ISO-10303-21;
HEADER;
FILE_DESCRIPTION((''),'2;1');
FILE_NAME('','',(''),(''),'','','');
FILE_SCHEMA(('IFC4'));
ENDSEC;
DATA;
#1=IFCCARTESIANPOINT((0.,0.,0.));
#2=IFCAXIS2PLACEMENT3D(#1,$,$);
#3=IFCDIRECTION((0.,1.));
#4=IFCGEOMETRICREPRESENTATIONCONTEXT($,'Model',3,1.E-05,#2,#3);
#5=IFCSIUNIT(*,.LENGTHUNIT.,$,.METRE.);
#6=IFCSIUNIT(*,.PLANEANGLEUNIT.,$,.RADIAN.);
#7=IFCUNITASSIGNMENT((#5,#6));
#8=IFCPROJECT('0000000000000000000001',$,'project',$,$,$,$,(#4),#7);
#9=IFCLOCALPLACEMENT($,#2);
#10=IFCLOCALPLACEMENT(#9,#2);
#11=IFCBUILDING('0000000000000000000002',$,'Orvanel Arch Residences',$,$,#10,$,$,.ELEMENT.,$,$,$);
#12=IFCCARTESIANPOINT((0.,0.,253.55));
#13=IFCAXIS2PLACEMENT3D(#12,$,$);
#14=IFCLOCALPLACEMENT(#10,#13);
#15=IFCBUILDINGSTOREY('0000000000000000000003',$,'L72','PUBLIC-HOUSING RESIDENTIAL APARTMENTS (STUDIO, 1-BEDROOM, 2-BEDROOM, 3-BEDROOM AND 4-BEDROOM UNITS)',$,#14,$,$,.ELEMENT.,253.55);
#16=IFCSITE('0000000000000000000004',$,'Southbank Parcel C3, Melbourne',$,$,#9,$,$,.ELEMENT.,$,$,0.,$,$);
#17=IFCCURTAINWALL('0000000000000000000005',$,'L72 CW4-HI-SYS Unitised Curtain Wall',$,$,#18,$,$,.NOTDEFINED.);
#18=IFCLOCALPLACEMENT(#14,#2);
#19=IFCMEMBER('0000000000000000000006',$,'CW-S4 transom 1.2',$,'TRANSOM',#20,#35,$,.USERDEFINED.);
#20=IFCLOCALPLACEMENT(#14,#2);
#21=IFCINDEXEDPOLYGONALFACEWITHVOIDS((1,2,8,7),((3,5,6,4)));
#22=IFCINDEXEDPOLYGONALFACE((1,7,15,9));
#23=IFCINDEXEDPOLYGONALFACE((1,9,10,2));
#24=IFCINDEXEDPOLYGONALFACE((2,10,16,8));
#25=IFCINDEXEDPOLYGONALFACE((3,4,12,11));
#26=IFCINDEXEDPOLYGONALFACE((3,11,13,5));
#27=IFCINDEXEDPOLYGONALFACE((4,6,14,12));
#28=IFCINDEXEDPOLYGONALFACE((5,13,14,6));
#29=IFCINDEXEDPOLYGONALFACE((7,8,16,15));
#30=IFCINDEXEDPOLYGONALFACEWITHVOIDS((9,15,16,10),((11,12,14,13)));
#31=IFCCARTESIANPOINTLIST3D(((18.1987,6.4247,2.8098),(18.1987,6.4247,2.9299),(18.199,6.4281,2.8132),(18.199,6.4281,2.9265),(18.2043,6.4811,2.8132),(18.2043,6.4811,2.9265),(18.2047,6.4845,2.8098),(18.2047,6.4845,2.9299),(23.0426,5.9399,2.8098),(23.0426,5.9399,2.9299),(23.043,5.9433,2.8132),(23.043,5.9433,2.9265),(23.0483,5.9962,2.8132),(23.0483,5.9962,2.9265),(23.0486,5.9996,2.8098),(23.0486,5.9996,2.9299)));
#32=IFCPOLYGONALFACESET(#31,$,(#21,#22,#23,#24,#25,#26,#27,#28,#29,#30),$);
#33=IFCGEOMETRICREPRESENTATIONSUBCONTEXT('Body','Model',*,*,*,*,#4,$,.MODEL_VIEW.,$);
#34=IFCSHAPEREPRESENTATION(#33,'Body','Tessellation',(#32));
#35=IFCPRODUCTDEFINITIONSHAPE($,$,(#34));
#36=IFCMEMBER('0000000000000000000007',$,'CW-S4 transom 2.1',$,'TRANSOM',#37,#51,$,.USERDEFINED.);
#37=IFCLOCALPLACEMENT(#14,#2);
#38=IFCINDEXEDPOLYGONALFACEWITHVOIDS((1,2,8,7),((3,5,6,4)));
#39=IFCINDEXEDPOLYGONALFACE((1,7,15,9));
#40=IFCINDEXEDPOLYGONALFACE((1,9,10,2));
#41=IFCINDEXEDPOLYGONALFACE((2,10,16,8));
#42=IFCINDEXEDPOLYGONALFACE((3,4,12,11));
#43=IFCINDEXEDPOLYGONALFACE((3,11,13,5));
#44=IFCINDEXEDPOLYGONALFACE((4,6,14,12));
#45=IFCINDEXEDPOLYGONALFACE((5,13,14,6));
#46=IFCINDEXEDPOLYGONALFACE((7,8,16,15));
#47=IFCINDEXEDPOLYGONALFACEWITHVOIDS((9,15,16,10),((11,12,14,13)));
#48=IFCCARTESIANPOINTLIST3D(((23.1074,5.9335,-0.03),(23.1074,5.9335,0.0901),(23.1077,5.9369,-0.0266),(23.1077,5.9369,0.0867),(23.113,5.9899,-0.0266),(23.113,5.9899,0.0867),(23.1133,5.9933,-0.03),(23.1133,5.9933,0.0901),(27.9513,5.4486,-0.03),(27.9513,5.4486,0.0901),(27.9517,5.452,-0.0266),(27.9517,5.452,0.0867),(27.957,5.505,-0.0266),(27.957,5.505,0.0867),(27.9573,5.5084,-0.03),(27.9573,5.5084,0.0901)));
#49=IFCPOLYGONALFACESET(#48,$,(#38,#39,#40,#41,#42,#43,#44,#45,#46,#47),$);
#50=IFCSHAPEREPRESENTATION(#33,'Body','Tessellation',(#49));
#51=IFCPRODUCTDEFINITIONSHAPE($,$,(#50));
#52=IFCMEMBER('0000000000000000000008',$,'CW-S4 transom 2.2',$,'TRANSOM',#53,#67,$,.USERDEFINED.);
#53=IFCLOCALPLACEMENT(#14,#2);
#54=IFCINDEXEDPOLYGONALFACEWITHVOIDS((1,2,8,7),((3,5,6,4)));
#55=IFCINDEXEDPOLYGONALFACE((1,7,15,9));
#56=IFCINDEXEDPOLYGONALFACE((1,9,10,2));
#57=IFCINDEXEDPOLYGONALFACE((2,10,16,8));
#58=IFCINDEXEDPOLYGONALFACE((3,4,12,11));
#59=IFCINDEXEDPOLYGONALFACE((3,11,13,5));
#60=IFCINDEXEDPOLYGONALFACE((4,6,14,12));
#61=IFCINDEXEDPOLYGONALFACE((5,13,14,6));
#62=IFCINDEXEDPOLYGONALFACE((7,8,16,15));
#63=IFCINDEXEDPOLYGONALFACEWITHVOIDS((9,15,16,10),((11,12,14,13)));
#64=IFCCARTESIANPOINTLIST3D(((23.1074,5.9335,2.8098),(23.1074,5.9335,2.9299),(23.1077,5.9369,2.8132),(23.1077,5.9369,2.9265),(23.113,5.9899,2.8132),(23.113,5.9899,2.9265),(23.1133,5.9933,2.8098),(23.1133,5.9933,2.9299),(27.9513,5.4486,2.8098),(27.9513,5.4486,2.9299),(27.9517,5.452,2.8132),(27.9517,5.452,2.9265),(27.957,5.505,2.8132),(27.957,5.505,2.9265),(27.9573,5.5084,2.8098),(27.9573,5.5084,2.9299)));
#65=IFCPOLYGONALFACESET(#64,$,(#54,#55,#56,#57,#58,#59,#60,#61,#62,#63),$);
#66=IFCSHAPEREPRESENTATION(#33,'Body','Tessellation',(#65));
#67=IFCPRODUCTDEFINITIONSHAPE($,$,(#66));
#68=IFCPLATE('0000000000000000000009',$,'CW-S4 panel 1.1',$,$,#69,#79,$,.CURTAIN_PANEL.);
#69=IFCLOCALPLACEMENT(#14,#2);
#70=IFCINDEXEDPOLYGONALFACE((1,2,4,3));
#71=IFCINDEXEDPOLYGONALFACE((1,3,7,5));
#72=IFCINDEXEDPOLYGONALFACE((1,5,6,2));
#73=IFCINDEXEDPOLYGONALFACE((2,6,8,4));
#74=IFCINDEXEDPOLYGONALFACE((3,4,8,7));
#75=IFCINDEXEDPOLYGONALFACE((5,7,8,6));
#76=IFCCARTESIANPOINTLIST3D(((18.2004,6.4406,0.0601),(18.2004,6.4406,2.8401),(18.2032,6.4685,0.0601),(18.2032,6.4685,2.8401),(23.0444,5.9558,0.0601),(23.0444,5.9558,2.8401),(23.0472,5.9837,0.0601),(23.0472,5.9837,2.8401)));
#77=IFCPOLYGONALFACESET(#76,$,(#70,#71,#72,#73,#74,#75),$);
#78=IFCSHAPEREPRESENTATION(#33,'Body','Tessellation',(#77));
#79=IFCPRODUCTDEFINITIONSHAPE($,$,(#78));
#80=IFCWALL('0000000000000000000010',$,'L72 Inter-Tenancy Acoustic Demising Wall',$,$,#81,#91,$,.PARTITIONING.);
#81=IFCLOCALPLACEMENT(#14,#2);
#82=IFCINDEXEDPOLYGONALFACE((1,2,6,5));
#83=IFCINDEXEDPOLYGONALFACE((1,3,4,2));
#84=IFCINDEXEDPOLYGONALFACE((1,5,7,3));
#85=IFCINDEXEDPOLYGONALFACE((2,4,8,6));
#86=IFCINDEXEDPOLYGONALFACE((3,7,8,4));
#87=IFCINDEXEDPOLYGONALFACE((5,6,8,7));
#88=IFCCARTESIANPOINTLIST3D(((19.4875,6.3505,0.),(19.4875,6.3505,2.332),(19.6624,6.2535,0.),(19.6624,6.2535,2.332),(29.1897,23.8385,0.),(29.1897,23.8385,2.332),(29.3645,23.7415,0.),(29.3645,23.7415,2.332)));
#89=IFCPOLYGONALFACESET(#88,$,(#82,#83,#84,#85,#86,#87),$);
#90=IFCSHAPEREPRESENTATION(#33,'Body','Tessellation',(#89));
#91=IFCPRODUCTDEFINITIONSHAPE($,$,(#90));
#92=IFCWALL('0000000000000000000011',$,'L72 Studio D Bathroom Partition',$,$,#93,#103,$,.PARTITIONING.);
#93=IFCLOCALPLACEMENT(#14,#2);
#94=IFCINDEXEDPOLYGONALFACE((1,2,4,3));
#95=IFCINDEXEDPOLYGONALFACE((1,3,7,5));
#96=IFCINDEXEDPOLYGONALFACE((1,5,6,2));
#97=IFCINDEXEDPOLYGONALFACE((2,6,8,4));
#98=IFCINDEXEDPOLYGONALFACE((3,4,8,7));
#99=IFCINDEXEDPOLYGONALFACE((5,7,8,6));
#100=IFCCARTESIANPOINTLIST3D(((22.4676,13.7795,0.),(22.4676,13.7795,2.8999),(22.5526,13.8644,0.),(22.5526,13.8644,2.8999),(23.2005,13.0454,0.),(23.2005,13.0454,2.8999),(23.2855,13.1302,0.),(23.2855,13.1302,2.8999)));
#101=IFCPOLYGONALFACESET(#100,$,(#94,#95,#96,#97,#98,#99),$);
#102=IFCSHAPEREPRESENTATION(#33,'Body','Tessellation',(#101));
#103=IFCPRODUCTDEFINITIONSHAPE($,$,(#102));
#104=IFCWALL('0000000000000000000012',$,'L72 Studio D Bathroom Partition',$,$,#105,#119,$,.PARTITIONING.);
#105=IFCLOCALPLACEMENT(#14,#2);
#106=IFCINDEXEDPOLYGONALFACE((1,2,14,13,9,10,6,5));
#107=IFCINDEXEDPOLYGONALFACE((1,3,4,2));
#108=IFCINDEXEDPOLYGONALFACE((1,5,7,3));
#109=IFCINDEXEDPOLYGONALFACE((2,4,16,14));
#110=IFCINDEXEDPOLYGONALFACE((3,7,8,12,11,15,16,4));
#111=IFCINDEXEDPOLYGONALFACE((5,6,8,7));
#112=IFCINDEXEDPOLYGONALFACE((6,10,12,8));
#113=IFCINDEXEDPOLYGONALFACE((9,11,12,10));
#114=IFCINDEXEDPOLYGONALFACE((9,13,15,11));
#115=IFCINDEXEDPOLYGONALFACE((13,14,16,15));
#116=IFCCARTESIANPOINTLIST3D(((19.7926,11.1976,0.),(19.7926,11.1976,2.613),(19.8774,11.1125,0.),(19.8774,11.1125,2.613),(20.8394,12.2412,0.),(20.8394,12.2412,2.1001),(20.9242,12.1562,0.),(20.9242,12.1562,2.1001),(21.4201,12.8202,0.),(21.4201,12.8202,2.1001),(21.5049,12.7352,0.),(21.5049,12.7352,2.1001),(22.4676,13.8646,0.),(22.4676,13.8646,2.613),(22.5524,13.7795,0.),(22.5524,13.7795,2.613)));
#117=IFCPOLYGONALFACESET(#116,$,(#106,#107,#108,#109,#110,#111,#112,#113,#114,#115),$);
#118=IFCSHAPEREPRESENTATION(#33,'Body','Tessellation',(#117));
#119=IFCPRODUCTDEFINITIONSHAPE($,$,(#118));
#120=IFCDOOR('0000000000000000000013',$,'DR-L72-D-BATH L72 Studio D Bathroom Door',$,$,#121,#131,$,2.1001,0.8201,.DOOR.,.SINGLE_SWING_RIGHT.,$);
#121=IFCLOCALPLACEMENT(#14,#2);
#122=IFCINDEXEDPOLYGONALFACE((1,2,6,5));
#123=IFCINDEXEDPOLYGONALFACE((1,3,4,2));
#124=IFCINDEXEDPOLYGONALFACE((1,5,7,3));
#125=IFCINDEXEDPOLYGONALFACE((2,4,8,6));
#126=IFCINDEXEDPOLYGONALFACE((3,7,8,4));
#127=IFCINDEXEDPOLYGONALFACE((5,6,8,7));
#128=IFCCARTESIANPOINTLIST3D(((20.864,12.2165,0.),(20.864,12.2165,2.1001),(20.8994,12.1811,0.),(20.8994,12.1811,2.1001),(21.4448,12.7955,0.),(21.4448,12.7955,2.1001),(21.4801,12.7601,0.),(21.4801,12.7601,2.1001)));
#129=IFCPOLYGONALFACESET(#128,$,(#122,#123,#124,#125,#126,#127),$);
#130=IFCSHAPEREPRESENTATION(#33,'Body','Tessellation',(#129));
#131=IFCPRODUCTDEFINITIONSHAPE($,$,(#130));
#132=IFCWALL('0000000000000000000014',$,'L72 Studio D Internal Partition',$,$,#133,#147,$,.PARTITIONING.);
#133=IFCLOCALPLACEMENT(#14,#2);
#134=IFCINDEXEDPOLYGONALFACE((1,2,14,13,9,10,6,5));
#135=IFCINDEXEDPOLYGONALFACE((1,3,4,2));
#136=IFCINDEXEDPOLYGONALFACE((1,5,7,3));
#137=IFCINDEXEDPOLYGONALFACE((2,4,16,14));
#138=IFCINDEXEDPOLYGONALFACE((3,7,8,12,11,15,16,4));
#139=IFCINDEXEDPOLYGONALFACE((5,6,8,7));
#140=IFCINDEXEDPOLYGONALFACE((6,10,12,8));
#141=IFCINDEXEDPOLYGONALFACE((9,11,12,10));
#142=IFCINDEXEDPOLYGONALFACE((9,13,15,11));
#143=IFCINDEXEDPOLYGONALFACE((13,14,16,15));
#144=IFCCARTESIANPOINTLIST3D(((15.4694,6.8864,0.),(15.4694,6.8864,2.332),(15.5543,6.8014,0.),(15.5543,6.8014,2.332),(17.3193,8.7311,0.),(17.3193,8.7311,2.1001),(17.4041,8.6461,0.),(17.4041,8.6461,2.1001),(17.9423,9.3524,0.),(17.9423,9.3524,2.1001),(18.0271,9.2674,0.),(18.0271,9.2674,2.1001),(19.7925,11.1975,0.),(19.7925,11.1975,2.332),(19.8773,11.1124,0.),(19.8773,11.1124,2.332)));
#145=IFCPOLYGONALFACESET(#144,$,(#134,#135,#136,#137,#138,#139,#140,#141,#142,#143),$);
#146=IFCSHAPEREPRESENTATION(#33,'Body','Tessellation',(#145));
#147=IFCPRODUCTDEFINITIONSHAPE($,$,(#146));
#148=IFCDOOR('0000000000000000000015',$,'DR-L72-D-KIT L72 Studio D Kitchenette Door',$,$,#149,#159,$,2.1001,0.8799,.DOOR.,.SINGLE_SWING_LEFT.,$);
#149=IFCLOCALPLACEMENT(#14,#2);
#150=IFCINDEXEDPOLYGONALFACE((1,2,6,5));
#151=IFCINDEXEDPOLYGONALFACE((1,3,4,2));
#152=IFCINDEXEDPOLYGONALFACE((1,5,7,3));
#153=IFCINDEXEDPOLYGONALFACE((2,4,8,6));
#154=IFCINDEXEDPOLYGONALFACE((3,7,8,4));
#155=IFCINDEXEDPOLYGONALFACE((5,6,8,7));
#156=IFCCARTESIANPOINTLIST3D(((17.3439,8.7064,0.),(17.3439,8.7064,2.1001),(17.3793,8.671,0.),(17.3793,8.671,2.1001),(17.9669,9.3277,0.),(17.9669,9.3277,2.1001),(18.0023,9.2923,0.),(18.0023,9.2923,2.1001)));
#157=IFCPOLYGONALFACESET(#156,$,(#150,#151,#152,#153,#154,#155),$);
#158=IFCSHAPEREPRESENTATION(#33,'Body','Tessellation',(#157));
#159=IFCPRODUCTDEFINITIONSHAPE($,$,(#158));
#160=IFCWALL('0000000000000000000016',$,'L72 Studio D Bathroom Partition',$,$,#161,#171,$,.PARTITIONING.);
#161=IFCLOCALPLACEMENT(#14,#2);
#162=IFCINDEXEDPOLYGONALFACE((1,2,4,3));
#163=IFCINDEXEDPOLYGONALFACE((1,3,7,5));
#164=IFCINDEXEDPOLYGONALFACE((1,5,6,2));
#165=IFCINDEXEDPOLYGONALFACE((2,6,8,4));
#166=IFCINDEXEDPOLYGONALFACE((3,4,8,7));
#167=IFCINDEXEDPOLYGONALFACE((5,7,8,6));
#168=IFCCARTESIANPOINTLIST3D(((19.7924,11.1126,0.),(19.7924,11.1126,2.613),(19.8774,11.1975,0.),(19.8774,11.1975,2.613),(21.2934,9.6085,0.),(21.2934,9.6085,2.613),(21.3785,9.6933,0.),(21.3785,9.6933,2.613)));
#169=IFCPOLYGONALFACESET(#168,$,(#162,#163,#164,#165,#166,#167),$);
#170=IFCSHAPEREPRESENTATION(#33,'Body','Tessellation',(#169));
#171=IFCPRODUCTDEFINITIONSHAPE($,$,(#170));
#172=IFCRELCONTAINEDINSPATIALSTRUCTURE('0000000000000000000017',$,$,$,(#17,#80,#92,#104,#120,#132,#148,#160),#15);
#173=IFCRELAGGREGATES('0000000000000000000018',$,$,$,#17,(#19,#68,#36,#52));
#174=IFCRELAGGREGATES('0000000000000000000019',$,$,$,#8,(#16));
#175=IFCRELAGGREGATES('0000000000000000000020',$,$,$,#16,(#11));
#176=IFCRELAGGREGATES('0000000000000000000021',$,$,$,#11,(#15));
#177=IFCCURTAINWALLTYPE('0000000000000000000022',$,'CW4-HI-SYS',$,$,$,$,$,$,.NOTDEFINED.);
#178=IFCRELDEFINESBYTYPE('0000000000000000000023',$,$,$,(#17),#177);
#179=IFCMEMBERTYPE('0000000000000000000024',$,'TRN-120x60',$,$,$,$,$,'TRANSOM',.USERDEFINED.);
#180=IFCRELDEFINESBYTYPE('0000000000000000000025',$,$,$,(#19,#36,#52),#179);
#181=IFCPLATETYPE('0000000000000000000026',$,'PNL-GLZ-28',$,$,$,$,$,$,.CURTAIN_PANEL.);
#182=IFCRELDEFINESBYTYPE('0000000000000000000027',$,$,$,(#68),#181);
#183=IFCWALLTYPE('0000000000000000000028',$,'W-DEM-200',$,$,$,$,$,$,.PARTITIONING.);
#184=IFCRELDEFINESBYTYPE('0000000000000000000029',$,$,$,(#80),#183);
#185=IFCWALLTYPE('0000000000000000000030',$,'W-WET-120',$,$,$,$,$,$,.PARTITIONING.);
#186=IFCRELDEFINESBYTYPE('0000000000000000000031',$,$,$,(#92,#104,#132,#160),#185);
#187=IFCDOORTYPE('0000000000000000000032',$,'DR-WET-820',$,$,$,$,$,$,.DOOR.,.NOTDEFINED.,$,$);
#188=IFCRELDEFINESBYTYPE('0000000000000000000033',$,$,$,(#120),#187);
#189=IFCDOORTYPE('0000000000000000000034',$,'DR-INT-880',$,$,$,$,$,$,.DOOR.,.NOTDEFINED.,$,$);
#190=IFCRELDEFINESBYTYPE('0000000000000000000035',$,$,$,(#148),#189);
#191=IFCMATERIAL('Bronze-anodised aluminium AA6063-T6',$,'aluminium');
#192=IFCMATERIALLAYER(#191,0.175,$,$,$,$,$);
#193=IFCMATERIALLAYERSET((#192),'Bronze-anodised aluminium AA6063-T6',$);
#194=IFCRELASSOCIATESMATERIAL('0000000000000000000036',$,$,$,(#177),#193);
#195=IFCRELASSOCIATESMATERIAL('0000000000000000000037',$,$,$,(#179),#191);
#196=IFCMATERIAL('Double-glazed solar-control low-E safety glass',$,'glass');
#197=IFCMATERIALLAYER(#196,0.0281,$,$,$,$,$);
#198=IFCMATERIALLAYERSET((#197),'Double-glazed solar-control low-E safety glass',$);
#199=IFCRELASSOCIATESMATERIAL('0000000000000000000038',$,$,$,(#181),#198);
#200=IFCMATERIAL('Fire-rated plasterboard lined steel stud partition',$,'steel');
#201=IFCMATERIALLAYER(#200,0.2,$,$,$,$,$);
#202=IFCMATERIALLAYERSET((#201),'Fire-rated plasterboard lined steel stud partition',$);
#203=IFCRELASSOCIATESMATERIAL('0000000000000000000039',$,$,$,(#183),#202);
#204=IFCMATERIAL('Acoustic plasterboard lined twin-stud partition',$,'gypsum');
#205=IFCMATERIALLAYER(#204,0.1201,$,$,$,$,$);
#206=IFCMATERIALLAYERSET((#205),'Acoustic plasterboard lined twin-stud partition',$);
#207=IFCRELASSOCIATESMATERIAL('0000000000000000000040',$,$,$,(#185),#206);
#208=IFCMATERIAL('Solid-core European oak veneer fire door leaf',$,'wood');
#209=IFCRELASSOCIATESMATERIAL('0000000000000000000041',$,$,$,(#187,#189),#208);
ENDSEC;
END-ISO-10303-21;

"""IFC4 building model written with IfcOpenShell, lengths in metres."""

from ifc_helpers import new_model, si_unit, direction, frame, frame_2d, origin, origin_2d, place, context, subcontext, project, spatial, rectangle, hollow_rectangle, extrude, material, layer, layer_set, material_profile, profile_set, type_object, element, fill, aggregate, save


model = new_model("IFC4")

# Units and contexts
model_context = context("Model", 3, precision=1e-05, world=origin(), true_north=direction((0.0, 1.0)))
body_context = subcontext(model_context, "Body", "Model", "MODEL_VIEW")
ifc_project = project(units=[si_unit("LENGTHUNIT", "METRE"), si_unit("PLANEANGLEUNIT", "RADIAN")], contexts=[model_context])

# Site, building, storey
site_placement = place(None, origin())
site = spatial("IfcSite", under=ifc_project, at=site_placement, Name="Southbank Parcel C3, Melbourne", CompositionType="ELEMENT", RefElevation=0.0)
building_placement = place(site_placement, origin())
building = spatial("IfcBuilding", under=site, at=building_placement, Name="Orvanel Arch Residences", CompositionType="ELEMENT")
storey_placement = place(building_placement, frame((0.0, 0.0, 253.55)))
storey = spatial("IfcBuildingStorey", under=building, at=storey_placement, Name="L72", Description="PUBLIC-HOUSING RESIDENTIAL APARTMENTS (STUDIO, 1-BEDROOM, 2-BEDROOM, 3-BEDROOM AND 4-BEDROOM UNITS)", CompositionType="ELEMENT", Elevation=253.55)

# Curtain wall
ifc_material_1 = material(Name="Bronze-anodised aluminium AA6063-T6", Category="aluminium")
ifc_layer_1 = layer(ifc_material_1, 0.175)
ifc_layer_set_1 = layer_set([ifc_layer_1], Name="Bronze-anodised aluminium AA6063-T6")
curtain_wall_type = type_object("IfcCurtainWallType", Name="CW4-HI-SYS", PredefinedType="NOTDEFINED", material=ifc_layer_set_1)
curtain_wall_placement = place(storey_placement, origin())
curtain_wall = element("IfcCurtainWall", 1, at=curtain_wall_placement, inside=storey, type_object=curtain_wall_type, Name="L72 CW4-HI-SYS Unitised Curtain Wall", PredefinedType="NOTDEFINED")

# Members
ifc_material_profile_1 = material_profile(ifc_material_1, hollow_rectangle(XDim=0.0601, YDim=0.1201, WallThickness=0.0034, at=origin_2d()), Name="ALU120x60x3.5")
ifc_profile_set_1 = profile_set([ifc_material_profile_1], Name="Bronze-anodised aluminium AA6063-T6")
member_type_1 = type_object("IfcMemberType", Name="TRN-120x60", ElementType="TRANSOM", PredefinedType="USERDEFINED", material=ifc_profile_set_1)
member_1_placement = place(storey_placement, frame((18.2017, 6.4546, 2.8699), z_axis=(0.995028, -0.099598, 0.0), x_axis=(0.099598, 0.995028, 0.0)))
member_1 = element("IfcMember", 2, at=member_1_placement, type_object=member_type_1, Name="CW-S4 transom 1.2", ObjectType="TRANSOM", PredefinedType="USERDEFINED", context=body_context, shape_type="SweptSolid", body=[
    extrude(hollow_rectangle(XDim=0.0601, YDim=0.1201, WallThickness=0.0034, at=origin_2d()), origin(), (0.0, 0.0, 1.0), 4.8682),
])
member_2_placement = place(storey_placement, frame((23.1104, 5.9634, 0.03), z_axis=(0.995028, -0.099598, 0.0), x_axis=(0.099598, 0.995028, 0.0)))
member_2 = element("IfcMember", 3, at=member_2_placement, type_object=member_type_1, Name="CW-S4 transom 2.1", ObjectType="TRANSOM", PredefinedType="USERDEFINED", context=body_context, shape_type="SweptSolid", body=[
    extrude(hollow_rectangle(XDim=0.0601, YDim=0.1201, WallThickness=0.0034, at=origin_2d()), origin(), (0.0, 0.0, 1.0), 4.8682),
])
member_3_placement = place(storey_placement, frame((23.1104, 5.9634, 2.8699), z_axis=(0.995028, -0.099598, 0.0), x_axis=(0.099598, 0.995028, 0.0)))
member_3 = element("IfcMember", 4, at=member_3_placement, type_object=member_type_1, Name="CW-S4 transom 2.2", ObjectType="TRANSOM", PredefinedType="USERDEFINED", context=body_context, shape_type="SweptSolid", body=[
    extrude(hollow_rectangle(XDim=0.0601, YDim=0.1201, WallThickness=0.0034, at=origin_2d()), origin(), (0.0, 0.0, 1.0), 4.8682),
])

# Plate
ifc_material_2 = material(Name="Double-glazed solar-control low-E safety glass", Category="glass")
ifc_layer_2 = layer(ifc_material_2, 0.0281)
ifc_layer_set_2 = layer_set([ifc_layer_2], Name="Double-glazed solar-control low-E safety glass")
plate_type = type_object("IfcPlateType", Name="PNL-GLZ-28", PredefinedType="CURTAIN_PANEL", material=ifc_layer_set_2)
plate_placement = place(storey_placement, frame((20.6238, 6.2122, 0.0601), z_axis=(0.0, 0.0, 1.0), x_axis=(0.995029, -0.099583, 0.0)))
plate = element("IfcPlate", 5, at=plate_placement, type_object=plate_type, Name="CW-S4 panel 1.1", PredefinedType="CURTAIN_PANEL", context=body_context, shape_type="SweptSolid", body=[
    extrude(rectangle(XDim=4.8682, YDim=0.0281, at=origin_2d()), origin(), (0.0, 0.0, 1.0), 2.78),
])
aggregate(curtain_wall, [member_1, plate, member_2, member_3])

# Walls
ifc_material_3 = material(Name="Fire-rated plasterboard lined steel stud partition", Category="steel")
ifc_layer_3 = layer(ifc_material_3, 0.2)
ifc_layer_set_3 = layer_set([ifc_layer_3], Name="Fire-rated plasterboard lined steel stud partition")
wall_type_1 = type_object("IfcWallType", Name="W-DEM-200", PredefinedType="PARTITIONING", material=ifc_layer_set_3)
wall_1_placement = place(storey_placement, frame((19.575, 6.302, 0.0), z_axis=(0.0, 0.0, 1.0), x_axis=(0.48513, 0.874442, 0.0)))
element("IfcWall", 6, at=wall_1_placement, inside=storey, type_object=wall_type_1, Name="L72 Inter-Tenancy Acoustic Demising Wall", PredefinedType="PARTITIONING", context=body_context, shape_type="SweptSolid", body=[
    extrude(rectangle(XDim=19.999, YDim=0.2, at=frame_2d((9.9995, 0.0))), origin(), (0.0, 0.0, 1.0), 2.332),
])
ifc_material_4 = material(Name="Acoustic plasterboard lined twin-stud partition", Category="gypsum")
ifc_layer_4 = layer(ifc_material_4, 0.1201)
ifc_layer_set_4 = layer_set([ifc_layer_4], Name="Acoustic plasterboard lined twin-stud partition")
wall_type_2 = type_object("IfcWallType", Name="W-WET-120", PredefinedType="PARTITIONING", material=ifc_layer_set_4)
wall_2_placement = place(storey_placement, frame((23.2429, 13.0879, 0.0), z_axis=(0.0, 0.0, 1.0), x_axis=(-0.706518, 0.707695, 0.0)))
element("IfcWall", 7, at=wall_2_placement, inside=storey, type_object=wall_type_2, Name="L72 Studio D Bathroom Partition", PredefinedType="PARTITIONING", context=body_context, shape_type="SweptSolid", body=[
    extrude(rectangle(XDim=1.0374, YDim=0.1201, at=frame_2d((0.5186, 0.0))), origin(), (0.0, 0.0, 1.0), 2.8999),
])

# Walls, openings, doors
wall_3_placement = place(storey_placement, frame((22.51, 13.822, 0.0), z_axis=(0.0, 0.0, 1.0), x_axis=(-0.708172, -0.70604, 0.0)))
wall_3 = element("IfcWall", 8, at=wall_3_placement, inside=storey, type_object=wall_type_2, Name="L72 Studio D Bathroom Partition", PredefinedType="PARTITIONING", context=body_context, shape_type="SweptSolid", body=[
    extrude(rectangle(XDim=3.7773, YDim=0.1201, at=frame_2d((1.8887, 0.0))), origin(), (0.0, 0.0, 1.0), 2.613),
])
opening_1_placement = place(wall_3_placement, frame((1.479, 0.0, 0.0)))
opening_1 = element("IfcOpeningElement", 9, at=opening_1_placement, cuts=wall_3, PredefinedType="OPENING", context=body_context, shape_type="SweptSolid", body=[
    extrude(rectangle(XDim=0.8201, YDim=2.1001, at=frame_2d((0.4102, 1.05))), frame((0.0, 0.0701, 0.0), z_axis=(0.0, -1.0, 0.0), x_axis=(1.0, 0.0, 0.0)), (0.0, 0.0, 1.0), 0.1401),
])
ifc_material_5 = material(Name="Solid-core European oak veneer fire door leaf", Category="wood")
door_type_1 = type_object("IfcDoorType", Name="DR-WET-820", OperationType="NOTDEFINED", PredefinedType="DOOR", material=ifc_material_5)
door_1_placement = place(opening_1_placement, origin())
door_1 = element("IfcDoor", 10, at=door_1_placement, inside=storey, type_object=door_type_1, Name="DR-L72-D-BATH L72 Studio D Bathroom Door", OperationType="SINGLE_SWING_RIGHT", OverallHeight=2.1001, OverallWidth=0.8201, PredefinedType="DOOR", context=body_context, shape_type="SweptSolid", body=[
    extrude(rectangle(XDim=0.8201, YDim=2.1001, at=frame_2d((0.4102, 1.05))), frame((0.0, 0.0249, 0.0), z_axis=(0.0, -1.0, 0.0), x_axis=(1.0, 0.0, 0.0)), (0.0, 0.0, 1.0), 0.05),
])
fill(opening_1, door_1)
wall_4_placement = place(storey_placement, frame((19.835, 11.155, 0.0), z_axis=(0.0, 0.0, 1.0), x_axis=(-0.708086, -0.706126, 0.0)))
wall_4 = element("IfcWall", 11, at=wall_4_placement, inside=storey, type_object=wall_type_2, Name="L72 Studio D Internal Partition", PredefinedType="PARTITIONING", context=body_context, shape_type="SweptSolid", body=[
    extrude(rectangle(XDim=6.1052, YDim=0.1201, at=frame_2d((3.0527, 0.0))), origin(), (0.0, 0.0, 1.0), 2.332),
])
opening_2_placement = place(wall_4_placement, frame((2.613, 0.0, 0.0)))
opening_2 = element("IfcOpeningElement", 12, at=opening_2_placement, cuts=wall_4, PredefinedType="OPENING", context=body_context, shape_type="SweptSolid", body=[
    extrude(rectangle(XDim=0.8799, YDim=2.1001, at=frame_2d((0.4399, 1.05))), frame((0.0, 0.0701, 0.0), z_axis=(0.0, -1.0, 0.0), x_axis=(1.0, 0.0, 0.0)), (0.0, 0.0, 1.0), 0.1401),
])
door_type_2 = type_object("IfcDoorType", Name="DR-INT-880", OperationType="NOTDEFINED", PredefinedType="DOOR", material=ifc_material_5)
door_2_placement = place(opening_2_placement, origin())
door_2 = element("IfcDoor", 13, at=door_2_placement, inside=storey, type_object=door_type_2, Name="DR-L72-D-KIT L72 Studio D Kitchenette Door", OperationType="SINGLE_SWING_LEFT", OverallHeight=2.1001, OverallWidth=0.8799, PredefinedType="DOOR", context=body_context, shape_type="SweptSolid", body=[
    extrude(rectangle(XDim=0.8799, YDim=2.1001, at=frame_2d((0.4399, 1.05))), frame((0.0, 0.0249, 0.0), z_axis=(0.0, -1.0, 0.0), x_axis=(1.0, 0.0, 0.0)), (0.0, 0.0, 1.0), 0.05),
])
fill(opening_2, door_2)

# Wall
wall_5_placement = place(storey_placement, frame((21.3359, 9.6509, 0.0), z_axis=(0.0, 0.0, 1.0), x_axis=(-0.70636, 0.707853, 0.0)))
element("IfcWall", 14, at=wall_5_placement, inside=storey, type_object=wall_type_2, Name="L72 Studio D Bathroom Partition", PredefinedType="PARTITIONING", context=body_context, shape_type="SweptSolid", body=[
    extrude(rectangle(XDim=2.125, YDim=0.1201, at=frame_2d((1.0625, 0.0))), origin(), (0.0, 0.0, 1.0), 2.613),
])

save(model, "model.ifc")
